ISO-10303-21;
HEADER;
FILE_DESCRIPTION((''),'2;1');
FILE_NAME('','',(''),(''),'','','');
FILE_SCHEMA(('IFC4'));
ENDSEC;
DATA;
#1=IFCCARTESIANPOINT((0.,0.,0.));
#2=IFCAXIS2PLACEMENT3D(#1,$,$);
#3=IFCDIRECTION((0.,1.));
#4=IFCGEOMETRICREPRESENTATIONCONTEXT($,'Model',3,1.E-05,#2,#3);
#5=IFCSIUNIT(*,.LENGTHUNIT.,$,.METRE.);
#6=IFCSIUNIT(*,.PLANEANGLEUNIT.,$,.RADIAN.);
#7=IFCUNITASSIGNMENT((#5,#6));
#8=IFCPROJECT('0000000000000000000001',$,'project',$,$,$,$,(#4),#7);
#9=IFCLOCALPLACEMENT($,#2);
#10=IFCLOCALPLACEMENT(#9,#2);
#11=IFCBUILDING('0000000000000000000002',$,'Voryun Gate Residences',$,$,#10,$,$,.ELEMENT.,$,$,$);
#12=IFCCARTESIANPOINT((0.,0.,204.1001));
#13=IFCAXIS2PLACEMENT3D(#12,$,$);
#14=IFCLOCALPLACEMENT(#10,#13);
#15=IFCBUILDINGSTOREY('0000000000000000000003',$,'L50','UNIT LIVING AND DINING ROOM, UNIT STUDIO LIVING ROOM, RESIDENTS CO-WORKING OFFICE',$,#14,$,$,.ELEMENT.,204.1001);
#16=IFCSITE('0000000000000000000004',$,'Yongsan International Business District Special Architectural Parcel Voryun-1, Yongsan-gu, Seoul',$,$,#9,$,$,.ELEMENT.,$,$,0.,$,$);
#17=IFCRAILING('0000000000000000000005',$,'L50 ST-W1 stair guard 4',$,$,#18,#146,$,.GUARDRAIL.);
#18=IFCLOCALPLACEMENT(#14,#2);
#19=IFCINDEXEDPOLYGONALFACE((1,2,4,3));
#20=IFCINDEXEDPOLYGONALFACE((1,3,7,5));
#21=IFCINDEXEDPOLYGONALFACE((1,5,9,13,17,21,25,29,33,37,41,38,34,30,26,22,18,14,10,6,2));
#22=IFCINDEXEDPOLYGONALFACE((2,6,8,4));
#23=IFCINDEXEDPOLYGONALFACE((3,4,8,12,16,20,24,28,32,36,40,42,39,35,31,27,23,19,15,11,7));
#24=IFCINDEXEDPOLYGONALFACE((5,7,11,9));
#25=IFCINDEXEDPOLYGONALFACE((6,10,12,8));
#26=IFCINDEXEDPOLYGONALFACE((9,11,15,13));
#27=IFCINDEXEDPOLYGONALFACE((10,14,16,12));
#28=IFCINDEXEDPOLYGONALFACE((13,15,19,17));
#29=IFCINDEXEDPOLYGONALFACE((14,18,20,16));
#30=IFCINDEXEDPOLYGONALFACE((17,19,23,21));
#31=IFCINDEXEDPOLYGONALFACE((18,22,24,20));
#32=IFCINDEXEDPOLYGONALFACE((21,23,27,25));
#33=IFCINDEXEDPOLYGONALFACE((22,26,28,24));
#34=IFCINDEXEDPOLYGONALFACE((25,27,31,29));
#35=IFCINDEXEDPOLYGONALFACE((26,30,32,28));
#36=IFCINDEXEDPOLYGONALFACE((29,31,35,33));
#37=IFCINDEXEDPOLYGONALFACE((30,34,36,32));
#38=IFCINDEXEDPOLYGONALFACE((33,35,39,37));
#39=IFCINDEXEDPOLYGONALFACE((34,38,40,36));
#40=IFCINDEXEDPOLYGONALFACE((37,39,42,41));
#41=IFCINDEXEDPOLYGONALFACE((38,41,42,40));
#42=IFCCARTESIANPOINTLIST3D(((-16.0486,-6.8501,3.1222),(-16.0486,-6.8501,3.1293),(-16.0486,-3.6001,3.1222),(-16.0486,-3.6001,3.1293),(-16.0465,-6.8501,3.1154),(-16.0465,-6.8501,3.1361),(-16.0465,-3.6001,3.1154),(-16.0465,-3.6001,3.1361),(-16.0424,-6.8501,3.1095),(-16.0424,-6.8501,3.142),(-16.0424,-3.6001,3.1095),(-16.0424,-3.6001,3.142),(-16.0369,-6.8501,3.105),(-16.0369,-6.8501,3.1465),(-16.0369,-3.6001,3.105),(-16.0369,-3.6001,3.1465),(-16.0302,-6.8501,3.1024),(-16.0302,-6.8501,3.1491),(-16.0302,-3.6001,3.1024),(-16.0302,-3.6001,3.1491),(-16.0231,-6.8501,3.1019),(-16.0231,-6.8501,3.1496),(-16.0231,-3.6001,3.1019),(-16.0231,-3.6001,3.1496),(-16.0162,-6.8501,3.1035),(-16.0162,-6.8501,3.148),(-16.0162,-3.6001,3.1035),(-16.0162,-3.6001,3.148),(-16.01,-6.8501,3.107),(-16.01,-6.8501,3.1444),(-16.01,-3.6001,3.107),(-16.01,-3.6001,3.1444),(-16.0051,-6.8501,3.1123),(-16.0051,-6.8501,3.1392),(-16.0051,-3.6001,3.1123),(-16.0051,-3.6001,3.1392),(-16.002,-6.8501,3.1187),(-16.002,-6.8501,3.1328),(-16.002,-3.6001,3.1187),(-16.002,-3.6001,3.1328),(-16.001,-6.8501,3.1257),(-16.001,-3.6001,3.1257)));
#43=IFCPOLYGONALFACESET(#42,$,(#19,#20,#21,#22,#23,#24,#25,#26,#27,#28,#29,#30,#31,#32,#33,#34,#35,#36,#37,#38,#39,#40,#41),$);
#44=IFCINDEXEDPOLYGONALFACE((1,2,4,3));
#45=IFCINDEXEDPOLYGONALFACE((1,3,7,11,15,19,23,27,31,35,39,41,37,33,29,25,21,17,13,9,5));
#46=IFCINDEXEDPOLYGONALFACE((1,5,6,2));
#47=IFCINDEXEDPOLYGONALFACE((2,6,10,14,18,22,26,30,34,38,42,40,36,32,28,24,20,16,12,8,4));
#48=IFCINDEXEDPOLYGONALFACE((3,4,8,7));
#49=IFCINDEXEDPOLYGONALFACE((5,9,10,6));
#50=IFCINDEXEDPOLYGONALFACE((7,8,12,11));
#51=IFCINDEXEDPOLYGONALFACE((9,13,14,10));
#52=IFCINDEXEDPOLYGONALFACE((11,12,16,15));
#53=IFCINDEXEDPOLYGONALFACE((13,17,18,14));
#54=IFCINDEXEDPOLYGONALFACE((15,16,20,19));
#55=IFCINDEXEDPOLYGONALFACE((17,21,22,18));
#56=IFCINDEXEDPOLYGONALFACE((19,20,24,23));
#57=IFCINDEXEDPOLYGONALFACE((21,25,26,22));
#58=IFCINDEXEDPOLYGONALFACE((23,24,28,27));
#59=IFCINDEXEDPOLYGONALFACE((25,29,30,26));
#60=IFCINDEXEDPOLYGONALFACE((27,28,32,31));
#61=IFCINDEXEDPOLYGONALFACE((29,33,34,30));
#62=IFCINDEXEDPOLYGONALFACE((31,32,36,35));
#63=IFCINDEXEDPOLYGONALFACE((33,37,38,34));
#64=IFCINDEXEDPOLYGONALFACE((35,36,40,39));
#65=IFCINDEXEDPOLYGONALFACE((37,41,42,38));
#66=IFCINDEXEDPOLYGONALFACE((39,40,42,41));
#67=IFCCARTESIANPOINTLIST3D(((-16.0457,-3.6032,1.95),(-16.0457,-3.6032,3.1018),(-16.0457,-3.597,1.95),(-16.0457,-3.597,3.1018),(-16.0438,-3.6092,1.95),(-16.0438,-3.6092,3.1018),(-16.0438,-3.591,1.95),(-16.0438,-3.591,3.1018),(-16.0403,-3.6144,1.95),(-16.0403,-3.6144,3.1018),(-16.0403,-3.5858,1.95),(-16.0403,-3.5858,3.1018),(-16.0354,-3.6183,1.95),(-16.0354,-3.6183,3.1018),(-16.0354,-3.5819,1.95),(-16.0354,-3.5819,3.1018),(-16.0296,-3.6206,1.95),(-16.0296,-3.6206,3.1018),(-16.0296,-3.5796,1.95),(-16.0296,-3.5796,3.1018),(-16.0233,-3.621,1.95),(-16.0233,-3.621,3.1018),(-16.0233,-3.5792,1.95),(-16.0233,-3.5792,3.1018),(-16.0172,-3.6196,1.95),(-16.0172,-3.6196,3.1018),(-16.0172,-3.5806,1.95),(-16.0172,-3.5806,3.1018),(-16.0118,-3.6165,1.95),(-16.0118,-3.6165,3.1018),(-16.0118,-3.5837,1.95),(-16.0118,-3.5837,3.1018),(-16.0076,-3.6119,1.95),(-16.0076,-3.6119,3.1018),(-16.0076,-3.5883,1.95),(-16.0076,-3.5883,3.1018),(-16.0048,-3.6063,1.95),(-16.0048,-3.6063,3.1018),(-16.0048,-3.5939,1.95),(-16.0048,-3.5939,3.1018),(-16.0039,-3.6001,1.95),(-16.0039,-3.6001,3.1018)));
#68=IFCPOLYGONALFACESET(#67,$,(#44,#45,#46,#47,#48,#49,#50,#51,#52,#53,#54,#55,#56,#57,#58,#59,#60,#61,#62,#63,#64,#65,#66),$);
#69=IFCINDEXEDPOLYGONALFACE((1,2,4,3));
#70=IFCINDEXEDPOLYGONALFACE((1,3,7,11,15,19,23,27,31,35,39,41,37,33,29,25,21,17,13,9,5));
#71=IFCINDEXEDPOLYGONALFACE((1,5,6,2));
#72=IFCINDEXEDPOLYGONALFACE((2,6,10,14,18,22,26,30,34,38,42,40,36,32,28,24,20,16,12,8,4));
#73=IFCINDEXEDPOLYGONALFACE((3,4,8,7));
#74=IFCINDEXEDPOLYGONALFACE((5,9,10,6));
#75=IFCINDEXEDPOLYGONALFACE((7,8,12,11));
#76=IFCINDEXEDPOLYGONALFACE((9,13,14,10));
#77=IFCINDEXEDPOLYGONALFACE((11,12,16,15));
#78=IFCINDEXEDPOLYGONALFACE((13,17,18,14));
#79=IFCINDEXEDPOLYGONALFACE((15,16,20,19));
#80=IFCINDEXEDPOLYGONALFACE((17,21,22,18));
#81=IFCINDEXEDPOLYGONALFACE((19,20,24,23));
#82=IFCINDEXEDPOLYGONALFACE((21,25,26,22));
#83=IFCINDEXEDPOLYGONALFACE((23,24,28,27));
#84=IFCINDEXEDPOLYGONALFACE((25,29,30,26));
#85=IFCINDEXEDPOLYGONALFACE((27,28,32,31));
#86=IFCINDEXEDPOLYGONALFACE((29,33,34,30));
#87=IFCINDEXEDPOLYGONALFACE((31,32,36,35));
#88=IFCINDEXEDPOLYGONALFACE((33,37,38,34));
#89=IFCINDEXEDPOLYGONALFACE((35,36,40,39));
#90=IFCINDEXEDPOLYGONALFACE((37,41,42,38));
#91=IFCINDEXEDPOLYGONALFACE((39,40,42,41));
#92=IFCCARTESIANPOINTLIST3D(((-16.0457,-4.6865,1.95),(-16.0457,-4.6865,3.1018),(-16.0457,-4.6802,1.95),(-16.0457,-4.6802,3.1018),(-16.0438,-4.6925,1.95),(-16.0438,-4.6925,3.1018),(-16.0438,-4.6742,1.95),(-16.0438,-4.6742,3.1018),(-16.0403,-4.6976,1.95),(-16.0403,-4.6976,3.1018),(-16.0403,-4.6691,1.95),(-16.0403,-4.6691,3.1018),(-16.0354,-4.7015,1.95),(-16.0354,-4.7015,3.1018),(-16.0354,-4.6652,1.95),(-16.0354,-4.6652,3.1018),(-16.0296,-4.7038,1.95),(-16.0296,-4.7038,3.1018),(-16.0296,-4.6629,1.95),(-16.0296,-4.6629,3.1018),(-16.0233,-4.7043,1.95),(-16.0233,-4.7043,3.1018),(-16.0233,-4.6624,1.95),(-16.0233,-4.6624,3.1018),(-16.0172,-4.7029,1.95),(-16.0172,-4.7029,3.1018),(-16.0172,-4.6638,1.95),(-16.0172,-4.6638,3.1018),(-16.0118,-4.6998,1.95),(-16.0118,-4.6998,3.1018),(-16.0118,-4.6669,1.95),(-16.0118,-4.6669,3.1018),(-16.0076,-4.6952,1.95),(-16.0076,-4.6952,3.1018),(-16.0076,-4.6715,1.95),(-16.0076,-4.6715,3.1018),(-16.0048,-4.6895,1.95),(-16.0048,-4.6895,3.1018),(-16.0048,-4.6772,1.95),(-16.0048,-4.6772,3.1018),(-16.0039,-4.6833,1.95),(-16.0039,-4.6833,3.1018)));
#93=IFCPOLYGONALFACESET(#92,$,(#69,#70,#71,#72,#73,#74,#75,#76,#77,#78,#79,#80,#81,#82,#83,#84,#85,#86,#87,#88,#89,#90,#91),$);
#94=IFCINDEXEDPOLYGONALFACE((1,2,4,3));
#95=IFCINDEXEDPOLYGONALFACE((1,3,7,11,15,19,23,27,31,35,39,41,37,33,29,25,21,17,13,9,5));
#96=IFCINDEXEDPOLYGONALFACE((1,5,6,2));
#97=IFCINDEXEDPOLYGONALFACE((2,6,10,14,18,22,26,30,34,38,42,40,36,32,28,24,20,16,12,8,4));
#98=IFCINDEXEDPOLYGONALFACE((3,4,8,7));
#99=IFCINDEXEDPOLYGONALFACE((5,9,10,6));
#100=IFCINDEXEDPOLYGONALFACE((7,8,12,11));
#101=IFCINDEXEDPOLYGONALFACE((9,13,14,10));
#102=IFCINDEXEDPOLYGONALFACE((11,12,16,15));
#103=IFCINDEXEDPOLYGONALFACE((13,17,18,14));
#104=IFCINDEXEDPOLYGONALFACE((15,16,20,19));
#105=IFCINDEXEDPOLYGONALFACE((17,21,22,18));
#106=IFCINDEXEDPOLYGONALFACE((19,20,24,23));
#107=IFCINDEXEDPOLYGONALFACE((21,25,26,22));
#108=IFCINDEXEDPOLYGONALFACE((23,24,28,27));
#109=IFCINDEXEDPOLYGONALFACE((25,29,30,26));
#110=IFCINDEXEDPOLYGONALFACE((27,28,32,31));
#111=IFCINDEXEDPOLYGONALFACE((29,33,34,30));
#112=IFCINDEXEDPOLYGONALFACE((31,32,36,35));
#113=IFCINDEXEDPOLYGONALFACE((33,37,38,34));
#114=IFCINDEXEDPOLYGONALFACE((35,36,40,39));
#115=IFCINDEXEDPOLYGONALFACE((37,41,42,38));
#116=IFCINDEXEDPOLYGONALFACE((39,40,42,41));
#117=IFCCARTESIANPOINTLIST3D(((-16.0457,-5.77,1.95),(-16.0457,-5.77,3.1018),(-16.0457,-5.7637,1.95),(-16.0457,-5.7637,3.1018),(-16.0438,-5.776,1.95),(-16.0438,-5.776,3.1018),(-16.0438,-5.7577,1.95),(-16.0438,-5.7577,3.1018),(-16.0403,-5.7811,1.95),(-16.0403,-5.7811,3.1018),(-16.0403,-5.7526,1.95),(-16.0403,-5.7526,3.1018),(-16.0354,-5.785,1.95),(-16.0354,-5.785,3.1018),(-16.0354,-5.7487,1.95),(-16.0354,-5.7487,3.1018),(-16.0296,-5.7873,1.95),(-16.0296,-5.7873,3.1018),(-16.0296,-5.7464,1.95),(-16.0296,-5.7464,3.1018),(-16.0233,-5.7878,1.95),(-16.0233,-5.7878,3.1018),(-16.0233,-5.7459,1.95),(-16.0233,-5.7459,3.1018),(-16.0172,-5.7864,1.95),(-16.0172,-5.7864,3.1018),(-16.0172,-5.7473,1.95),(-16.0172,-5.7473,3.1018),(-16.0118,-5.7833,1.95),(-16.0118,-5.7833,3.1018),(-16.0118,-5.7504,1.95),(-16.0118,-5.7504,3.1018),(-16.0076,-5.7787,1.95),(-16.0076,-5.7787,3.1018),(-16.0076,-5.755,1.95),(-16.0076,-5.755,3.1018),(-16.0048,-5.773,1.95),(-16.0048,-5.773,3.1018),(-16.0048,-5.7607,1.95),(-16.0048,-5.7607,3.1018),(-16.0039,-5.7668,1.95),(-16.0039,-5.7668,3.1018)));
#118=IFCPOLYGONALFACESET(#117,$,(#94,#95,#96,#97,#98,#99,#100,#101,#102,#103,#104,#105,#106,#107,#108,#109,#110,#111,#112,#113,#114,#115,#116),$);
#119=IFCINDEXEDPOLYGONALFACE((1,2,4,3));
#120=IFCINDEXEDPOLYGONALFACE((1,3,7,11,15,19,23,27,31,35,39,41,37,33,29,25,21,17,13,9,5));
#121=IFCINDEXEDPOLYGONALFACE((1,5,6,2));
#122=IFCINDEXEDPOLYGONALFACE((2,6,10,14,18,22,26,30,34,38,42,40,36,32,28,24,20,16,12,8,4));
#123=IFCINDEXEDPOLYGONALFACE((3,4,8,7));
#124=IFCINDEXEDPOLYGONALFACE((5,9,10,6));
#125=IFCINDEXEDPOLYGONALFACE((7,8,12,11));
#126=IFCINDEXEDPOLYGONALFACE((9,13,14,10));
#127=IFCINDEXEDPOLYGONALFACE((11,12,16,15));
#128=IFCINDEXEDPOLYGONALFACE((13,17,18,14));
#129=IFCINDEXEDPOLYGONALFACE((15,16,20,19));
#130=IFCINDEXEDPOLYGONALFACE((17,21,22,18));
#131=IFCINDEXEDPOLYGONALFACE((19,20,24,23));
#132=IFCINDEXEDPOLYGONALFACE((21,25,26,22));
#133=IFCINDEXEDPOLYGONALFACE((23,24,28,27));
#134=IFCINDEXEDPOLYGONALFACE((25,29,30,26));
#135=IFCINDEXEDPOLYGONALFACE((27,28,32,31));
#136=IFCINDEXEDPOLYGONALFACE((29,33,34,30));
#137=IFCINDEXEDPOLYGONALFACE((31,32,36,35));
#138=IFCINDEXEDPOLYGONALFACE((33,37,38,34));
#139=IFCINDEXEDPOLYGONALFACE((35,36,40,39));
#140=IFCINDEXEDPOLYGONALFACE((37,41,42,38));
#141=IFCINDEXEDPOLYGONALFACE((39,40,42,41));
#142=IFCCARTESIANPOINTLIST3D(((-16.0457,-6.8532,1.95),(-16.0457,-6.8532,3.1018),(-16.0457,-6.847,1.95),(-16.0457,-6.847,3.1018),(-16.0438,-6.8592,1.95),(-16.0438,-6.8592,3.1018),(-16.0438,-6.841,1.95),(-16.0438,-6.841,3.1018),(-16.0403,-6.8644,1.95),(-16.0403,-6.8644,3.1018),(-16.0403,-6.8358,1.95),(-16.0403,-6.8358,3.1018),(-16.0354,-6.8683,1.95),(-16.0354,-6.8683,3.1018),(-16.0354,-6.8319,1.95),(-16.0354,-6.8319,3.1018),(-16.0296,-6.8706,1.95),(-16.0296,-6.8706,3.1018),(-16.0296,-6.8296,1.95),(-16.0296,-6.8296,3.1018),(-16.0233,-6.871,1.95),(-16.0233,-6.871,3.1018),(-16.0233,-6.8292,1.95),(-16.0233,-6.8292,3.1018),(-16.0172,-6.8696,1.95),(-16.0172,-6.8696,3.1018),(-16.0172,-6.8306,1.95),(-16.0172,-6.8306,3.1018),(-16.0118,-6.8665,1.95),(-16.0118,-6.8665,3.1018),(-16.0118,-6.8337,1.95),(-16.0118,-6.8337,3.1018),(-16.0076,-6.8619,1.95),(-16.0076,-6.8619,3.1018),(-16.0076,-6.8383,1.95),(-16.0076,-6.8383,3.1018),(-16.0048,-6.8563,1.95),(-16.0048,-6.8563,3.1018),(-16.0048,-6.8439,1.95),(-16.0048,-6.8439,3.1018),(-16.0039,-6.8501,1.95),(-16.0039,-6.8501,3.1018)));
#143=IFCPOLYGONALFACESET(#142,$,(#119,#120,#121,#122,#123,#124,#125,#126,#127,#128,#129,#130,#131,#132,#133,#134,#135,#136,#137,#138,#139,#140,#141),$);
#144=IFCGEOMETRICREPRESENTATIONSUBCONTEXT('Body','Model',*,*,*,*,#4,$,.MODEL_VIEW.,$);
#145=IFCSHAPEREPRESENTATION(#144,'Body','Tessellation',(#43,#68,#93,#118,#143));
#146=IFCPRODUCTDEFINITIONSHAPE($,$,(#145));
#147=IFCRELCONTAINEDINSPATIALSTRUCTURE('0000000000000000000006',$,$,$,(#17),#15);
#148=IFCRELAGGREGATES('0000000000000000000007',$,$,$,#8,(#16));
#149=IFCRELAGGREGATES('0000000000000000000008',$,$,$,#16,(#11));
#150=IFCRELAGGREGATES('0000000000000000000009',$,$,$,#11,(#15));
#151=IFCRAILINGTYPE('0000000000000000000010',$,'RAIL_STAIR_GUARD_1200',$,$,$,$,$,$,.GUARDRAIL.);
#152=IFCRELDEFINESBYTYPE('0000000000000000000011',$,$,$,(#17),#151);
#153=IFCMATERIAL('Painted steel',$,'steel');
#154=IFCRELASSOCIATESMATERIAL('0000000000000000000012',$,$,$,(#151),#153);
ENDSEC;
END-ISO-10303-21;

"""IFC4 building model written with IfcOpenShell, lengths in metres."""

from ifc_helpers import new_model, si_unit, direction, frame, origin, origin_2d, place, context, subcontext, project, spatial, circle, extrude, material, type_object, element, save


model = new_model("IFC4")

# Units and contexts
model_context = context("Model", 3, precision=1e-05, world=origin(), true_north=direction((0.0, 1.0)))
body_context = subcontext(model_context, "Body", "Model", "MODEL_VIEW")
ifc_project = project(units=[si_unit("LENGTHUNIT", "METRE"), si_unit("PLANEANGLEUNIT", "RADIAN")], contexts=[model_context])

# Site, building, storey
site_placement = place(None, origin())
site = spatial("IfcSite", under=ifc_project, at=site_placement, Name="Yongsan International Business District Special Architectural Parcel Voryun-1, Yongsan-gu, Seoul", CompositionType="ELEMENT", RefElevation=0.0)
building_placement = place(site_placement, origin())
building = spatial("IfcBuilding", under=site, at=building_placement, Name="Voryun Gate Residences", CompositionType="ELEMENT")
storey_placement = place(building_placement, frame((0.0, 0.0, 204.1001)))
storey = spatial("IfcBuildingStorey", under=building, at=storey_placement, Name="L50", Description="UNIT LIVING AND DINING ROOM, UNIT STUDIO LIVING ROOM, RESIDENTS CO-WORKING OFFICE", CompositionType="ELEMENT", Elevation=204.1001)

# Railing
ifc_material_1 = material(Name="Painted steel", Category="steel")
railing_type_1 = type_object("IfcRailingType", Name="RAIL_STAIR_GUARD_1200", PredefinedType="GUARDRAIL", material=ifc_material_1)
for number, where, name in (
    (1, (-16.0249, -3.6001, 1.95), "L50 ST-W1 stair guard 4"),
):
    element("IfcRailing", number, at=place(storey_placement, frame(where)), inside=storey, type_object=railing_type_1, Name=name, PredefinedType="GUARDRAIL", context=body_context, shape_type="SweptSolid", body=[
        extrude(circle(Radius=0.0239, at=origin_2d()), frame((0.0, 0.0, 1.1758), z_axis=(0.0, -1.0, 0.0), x_axis=(1.0, 0.0, 0.0)), (0.0, 0.0, 1.0), 3.25),
        extrude(circle(Radius=0.021, at=origin_2d()), origin(), (0.0, 0.0, 1.0), 1.1519),
        extrude(circle(Radius=0.021, at=origin_2d()), frame((0.0, -1.0833, 0.0)), (0.0, 0.0, 1.0), 1.1519),
        extrude(circle(Radius=0.021, at=origin_2d()), frame((0.0, -2.1667, 0.0)), (0.0, 0.0, 1.0), 1.1519),
        extrude(circle(Radius=0.021, at=origin_2d()), frame((0.0, -3.25, 0.0)), (0.0, 0.0, 1.0), 1.1519),
    ])

save(model, "model.ifc")
